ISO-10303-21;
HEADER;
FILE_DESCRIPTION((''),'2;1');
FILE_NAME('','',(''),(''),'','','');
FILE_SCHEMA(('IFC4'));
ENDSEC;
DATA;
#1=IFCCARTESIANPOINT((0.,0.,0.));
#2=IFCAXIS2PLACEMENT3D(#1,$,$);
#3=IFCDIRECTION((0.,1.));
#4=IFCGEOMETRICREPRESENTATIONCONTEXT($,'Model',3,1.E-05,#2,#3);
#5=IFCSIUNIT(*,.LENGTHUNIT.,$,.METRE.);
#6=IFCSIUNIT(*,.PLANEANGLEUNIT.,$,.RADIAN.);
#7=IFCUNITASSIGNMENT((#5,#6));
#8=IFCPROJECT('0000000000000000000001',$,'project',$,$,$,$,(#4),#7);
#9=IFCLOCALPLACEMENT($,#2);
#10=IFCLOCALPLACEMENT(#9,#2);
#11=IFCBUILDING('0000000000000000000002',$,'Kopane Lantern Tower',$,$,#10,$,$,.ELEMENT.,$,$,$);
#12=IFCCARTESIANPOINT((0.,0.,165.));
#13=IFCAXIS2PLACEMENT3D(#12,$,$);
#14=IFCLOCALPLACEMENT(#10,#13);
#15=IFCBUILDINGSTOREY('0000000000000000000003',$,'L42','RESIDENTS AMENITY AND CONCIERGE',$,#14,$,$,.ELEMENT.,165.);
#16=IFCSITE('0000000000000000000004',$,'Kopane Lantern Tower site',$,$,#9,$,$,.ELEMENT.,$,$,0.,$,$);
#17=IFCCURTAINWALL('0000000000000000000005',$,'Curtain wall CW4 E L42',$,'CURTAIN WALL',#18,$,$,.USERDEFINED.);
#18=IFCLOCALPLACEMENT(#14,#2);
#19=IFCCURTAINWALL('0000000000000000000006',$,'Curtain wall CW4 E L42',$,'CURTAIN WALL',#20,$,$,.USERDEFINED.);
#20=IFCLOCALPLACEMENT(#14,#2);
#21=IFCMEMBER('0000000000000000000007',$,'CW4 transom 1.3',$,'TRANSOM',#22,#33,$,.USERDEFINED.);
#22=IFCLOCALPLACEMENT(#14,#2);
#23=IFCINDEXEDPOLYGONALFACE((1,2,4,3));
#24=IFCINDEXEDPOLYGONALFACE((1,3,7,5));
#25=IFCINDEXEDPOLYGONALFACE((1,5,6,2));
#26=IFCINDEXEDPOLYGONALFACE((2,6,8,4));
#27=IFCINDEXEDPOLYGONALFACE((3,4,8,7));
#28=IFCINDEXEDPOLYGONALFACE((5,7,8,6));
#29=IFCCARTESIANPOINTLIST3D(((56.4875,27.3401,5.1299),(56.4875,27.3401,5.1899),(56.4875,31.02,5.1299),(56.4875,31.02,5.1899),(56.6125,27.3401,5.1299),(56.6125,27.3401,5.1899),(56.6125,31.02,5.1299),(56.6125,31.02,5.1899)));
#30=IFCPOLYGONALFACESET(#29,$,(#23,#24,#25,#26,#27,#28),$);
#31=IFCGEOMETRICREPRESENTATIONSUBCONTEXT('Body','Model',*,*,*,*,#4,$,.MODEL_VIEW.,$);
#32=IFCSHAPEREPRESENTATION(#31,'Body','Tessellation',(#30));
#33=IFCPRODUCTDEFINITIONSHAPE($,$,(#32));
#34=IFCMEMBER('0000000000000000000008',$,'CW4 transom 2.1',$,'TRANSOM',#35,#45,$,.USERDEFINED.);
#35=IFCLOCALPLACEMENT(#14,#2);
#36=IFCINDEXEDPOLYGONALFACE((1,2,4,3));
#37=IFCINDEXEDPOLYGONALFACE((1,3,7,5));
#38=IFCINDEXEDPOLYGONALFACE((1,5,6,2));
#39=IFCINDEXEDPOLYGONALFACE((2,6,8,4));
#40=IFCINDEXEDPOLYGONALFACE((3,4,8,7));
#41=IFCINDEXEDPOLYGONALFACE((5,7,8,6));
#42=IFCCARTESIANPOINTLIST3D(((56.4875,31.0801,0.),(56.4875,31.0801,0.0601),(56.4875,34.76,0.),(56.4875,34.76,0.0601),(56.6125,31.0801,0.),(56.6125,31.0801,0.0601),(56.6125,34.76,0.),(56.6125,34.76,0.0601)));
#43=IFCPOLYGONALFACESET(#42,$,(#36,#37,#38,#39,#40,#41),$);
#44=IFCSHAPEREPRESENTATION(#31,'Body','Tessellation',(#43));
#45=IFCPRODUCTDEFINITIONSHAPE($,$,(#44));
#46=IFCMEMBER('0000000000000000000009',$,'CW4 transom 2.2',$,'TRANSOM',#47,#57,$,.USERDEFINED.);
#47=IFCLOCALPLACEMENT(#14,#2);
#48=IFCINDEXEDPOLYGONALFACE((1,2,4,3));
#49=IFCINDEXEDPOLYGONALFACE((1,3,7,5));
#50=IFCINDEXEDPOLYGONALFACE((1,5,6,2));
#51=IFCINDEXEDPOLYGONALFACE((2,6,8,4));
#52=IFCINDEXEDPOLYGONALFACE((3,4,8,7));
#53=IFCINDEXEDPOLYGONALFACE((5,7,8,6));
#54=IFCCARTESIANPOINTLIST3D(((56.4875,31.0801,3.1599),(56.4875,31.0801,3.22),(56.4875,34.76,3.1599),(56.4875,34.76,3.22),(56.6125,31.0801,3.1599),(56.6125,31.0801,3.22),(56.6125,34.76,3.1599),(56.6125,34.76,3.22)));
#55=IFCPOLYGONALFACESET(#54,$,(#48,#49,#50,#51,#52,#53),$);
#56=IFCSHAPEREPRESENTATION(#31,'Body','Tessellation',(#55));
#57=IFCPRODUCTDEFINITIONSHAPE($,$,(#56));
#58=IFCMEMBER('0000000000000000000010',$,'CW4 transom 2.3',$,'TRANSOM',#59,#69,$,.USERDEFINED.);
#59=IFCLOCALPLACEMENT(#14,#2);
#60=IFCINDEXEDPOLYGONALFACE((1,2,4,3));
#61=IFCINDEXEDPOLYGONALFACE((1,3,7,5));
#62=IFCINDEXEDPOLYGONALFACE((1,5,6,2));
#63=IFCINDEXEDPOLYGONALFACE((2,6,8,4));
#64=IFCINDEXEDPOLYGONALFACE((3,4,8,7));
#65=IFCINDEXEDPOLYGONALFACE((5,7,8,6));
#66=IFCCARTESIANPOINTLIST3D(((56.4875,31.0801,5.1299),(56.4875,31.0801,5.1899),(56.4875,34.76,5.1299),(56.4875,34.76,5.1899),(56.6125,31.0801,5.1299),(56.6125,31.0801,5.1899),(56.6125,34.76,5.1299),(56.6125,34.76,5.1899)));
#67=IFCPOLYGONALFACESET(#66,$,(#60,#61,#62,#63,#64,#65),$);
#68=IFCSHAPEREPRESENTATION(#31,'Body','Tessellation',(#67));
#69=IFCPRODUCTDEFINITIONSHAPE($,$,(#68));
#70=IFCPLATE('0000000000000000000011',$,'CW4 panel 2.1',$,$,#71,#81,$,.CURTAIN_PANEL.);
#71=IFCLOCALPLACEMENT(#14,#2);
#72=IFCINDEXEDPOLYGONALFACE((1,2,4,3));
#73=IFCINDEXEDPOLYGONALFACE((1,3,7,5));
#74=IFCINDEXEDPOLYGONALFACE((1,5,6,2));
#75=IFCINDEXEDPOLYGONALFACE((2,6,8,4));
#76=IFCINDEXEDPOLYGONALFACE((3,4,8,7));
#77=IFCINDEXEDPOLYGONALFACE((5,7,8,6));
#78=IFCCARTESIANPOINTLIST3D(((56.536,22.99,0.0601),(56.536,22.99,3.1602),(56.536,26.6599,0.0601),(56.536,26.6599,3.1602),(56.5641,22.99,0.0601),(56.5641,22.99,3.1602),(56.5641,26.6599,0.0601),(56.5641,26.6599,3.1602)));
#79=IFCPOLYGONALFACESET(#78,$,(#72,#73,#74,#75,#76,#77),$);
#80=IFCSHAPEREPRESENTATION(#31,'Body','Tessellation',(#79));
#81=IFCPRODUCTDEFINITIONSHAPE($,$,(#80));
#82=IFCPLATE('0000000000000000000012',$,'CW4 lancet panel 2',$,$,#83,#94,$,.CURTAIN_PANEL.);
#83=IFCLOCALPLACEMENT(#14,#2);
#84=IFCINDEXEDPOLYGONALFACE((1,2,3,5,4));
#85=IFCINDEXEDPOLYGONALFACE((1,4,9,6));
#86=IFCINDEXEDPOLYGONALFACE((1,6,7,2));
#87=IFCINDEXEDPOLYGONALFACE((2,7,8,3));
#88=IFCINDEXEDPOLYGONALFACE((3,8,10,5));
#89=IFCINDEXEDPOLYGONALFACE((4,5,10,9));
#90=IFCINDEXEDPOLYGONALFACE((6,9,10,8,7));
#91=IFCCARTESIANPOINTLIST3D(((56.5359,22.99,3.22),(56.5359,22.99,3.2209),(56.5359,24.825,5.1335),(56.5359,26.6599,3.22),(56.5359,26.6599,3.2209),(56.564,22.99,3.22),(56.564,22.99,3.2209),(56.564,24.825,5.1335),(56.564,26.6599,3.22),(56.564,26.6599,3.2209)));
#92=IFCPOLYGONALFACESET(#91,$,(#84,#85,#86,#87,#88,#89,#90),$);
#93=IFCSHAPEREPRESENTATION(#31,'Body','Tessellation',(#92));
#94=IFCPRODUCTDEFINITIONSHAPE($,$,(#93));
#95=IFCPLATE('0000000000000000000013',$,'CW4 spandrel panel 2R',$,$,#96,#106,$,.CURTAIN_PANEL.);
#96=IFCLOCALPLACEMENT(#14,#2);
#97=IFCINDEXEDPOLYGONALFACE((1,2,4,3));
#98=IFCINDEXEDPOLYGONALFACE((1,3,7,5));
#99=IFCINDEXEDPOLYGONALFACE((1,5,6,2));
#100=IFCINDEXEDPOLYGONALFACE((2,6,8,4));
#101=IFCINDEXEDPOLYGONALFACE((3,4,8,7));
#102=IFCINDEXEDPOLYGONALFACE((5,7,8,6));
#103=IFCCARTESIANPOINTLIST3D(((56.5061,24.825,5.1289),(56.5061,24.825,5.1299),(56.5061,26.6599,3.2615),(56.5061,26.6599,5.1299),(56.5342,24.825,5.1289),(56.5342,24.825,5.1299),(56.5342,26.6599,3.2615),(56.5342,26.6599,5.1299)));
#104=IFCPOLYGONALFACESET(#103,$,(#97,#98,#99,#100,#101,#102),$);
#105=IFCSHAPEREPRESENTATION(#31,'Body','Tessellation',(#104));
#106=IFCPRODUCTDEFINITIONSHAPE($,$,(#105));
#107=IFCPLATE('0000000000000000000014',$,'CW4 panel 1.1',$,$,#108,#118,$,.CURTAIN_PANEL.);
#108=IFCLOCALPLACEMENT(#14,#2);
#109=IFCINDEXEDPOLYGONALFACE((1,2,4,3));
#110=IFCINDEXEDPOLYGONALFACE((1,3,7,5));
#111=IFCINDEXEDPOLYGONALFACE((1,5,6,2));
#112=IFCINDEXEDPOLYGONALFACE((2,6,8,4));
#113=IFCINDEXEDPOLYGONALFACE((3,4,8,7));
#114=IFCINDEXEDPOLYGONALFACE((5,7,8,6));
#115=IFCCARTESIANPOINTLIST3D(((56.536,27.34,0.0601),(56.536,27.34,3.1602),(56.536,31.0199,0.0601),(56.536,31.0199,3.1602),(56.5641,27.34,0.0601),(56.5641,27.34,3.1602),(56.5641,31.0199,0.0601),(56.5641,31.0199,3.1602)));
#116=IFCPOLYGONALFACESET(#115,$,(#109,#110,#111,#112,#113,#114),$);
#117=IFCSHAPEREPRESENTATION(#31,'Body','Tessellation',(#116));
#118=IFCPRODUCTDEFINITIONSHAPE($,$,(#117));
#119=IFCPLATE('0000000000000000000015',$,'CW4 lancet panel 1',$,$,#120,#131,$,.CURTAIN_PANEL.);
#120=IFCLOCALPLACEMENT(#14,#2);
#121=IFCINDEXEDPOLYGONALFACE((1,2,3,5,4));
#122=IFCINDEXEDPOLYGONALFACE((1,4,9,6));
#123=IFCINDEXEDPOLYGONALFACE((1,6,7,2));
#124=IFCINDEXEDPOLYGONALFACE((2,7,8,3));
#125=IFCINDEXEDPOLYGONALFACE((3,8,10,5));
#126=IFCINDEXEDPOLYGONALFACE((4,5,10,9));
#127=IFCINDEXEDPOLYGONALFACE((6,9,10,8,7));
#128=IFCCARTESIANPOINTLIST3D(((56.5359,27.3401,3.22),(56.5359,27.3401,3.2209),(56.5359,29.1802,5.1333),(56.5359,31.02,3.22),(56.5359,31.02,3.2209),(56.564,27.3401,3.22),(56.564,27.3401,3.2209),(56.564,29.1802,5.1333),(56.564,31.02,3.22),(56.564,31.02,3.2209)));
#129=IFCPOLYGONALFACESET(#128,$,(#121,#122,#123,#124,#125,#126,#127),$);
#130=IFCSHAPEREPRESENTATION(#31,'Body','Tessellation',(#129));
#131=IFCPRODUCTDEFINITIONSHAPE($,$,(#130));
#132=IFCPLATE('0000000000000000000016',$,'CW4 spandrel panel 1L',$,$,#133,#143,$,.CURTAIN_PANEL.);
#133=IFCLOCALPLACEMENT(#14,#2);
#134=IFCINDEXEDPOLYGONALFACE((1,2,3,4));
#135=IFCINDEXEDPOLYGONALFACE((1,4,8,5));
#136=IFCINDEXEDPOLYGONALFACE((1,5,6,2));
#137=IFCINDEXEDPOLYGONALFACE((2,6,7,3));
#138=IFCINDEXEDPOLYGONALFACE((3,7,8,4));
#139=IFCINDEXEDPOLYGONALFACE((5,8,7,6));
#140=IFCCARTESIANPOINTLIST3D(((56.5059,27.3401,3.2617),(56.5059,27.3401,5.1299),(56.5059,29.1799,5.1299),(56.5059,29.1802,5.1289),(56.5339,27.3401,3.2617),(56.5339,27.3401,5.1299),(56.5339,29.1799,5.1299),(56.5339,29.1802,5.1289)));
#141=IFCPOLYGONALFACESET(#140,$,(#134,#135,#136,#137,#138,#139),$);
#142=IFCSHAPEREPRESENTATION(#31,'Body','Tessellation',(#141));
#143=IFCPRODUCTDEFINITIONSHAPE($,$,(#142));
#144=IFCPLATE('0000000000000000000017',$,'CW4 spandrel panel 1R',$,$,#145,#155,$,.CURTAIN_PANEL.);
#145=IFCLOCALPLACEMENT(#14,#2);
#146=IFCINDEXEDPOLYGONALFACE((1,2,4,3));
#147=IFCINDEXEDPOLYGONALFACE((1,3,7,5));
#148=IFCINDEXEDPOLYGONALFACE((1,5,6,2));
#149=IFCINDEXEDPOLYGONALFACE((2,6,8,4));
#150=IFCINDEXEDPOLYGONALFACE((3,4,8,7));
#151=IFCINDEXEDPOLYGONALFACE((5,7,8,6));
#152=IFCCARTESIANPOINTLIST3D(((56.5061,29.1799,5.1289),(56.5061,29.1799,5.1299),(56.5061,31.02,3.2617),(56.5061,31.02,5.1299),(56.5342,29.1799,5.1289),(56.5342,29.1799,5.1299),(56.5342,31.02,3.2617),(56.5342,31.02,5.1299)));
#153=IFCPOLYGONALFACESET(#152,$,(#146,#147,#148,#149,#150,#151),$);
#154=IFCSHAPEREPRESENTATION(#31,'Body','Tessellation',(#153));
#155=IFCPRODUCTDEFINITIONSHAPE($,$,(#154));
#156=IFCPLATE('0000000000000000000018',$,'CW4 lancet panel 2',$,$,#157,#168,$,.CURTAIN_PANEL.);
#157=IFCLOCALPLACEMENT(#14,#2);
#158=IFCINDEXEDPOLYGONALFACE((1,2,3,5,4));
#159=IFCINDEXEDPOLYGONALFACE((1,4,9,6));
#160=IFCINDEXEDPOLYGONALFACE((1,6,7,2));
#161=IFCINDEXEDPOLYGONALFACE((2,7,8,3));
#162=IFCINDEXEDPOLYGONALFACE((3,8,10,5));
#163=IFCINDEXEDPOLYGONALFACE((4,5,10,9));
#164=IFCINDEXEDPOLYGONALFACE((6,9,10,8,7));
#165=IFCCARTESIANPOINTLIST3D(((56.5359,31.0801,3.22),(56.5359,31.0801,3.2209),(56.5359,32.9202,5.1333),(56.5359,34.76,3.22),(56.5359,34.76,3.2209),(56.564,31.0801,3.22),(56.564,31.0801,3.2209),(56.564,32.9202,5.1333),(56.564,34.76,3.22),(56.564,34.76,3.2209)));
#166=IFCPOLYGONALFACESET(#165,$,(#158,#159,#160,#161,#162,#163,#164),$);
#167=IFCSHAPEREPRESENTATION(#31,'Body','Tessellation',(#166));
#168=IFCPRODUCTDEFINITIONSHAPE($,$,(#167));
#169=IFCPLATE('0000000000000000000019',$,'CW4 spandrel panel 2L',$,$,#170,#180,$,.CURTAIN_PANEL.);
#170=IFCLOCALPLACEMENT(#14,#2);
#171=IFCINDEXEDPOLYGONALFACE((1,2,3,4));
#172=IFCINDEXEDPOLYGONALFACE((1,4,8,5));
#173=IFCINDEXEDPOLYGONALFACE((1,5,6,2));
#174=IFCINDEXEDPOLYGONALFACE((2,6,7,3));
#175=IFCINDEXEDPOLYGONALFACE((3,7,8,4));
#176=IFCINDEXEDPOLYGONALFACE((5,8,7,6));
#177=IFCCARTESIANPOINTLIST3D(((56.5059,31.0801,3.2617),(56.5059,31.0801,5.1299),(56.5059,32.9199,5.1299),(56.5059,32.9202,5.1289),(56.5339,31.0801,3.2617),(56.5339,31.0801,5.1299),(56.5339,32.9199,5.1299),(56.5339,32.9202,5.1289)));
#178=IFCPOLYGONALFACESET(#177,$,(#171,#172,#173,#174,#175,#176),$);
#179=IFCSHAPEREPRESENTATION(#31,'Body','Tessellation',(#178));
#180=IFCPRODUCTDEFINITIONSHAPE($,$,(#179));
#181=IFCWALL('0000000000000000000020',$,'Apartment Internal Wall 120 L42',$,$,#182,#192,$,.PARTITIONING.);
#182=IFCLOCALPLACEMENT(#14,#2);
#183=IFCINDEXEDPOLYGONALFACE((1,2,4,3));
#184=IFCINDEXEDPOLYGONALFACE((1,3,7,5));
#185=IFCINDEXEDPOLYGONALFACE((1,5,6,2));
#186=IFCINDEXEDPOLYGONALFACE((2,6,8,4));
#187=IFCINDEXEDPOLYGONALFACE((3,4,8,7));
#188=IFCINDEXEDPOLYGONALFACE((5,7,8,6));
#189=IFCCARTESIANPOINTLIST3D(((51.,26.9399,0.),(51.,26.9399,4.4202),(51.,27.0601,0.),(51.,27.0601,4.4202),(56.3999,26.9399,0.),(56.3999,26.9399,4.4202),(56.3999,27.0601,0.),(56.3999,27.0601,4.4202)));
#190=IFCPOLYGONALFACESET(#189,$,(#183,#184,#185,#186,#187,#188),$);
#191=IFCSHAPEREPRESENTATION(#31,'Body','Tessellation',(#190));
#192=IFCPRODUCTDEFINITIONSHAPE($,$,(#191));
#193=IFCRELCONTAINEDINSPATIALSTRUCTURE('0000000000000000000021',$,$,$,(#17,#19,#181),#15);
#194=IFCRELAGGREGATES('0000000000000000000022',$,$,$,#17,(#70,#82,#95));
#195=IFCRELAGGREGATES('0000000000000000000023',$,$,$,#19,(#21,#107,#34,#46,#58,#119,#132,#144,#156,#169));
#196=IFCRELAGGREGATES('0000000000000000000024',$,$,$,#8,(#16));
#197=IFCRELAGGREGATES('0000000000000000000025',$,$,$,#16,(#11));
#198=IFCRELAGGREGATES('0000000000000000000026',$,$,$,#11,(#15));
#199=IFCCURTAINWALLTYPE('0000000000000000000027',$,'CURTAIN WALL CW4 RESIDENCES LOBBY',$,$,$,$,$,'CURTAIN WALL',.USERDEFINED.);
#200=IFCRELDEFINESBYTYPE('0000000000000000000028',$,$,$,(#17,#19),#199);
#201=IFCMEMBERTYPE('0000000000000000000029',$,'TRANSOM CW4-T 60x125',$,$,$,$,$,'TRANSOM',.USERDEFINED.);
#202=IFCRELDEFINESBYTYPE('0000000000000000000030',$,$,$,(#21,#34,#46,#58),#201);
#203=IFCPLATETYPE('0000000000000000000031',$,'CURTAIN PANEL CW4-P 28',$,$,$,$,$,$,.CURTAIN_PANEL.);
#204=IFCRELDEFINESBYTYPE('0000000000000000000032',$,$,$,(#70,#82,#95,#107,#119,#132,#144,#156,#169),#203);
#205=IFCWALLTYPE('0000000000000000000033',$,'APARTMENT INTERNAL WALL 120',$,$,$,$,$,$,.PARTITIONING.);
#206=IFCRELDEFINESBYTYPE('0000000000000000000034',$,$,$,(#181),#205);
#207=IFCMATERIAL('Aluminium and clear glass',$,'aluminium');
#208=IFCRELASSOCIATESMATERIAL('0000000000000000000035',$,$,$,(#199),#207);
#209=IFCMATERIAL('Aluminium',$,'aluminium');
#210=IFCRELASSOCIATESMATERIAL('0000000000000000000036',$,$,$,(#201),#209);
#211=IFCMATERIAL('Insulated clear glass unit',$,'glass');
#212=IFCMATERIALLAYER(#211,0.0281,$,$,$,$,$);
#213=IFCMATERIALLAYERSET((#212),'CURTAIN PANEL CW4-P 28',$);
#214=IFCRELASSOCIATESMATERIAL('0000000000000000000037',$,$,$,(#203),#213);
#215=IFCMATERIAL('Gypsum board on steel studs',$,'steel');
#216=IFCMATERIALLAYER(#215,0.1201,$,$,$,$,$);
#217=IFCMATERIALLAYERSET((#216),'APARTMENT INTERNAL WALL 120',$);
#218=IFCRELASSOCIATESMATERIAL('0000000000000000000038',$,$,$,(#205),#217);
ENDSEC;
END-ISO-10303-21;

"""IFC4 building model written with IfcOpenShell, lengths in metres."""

from ifc_helpers import new_model, si_unit, direction, frame, frame_2d, origin, origin_2d, place, context, subcontext, project, spatial, polyline, rectangle, outline, extrude, material, layer, layer_set, material_profile, profile_set, type_object, element, aggregate, save


model = new_model("IFC4")

# Units and contexts
model_context = context("Model", 3, precision=1e-05, world=origin(), true_north=direction((0.0, 1.0)))
body_context = subcontext(model_context, "Body", "Model", "MODEL_VIEW")
ifc_project = project(units=[si_unit("LENGTHUNIT", "METRE"), si_unit("PLANEANGLEUNIT", "RADIAN")], contexts=[model_context])

# Site, building, storey
site_placement = place(None, origin())
site = spatial("IfcSite", under=ifc_project, at=site_placement, Name="Kopane Lantern Tower site", CompositionType="ELEMENT", RefElevation=0.0)
building_placement = place(site_placement, origin())
building = spatial("IfcBuilding", under=site, at=building_placement, Name="Kopane Lantern Tower", CompositionType="ELEMENT")
storey_placement = place(building_placement, frame((0.0, 0.0, 165.0)))
storey = spatial("IfcBuildingStorey", under=building, at=storey_placement, Name="L42", Description="RESIDENTS AMENITY AND CONCIERGE", CompositionType="ELEMENT", Elevation=165.0)

# Curtain walls, members
ifc_material_1 = material(Name="Aluminium and clear glass", Category="aluminium")
curtain_wall_type = type_object("IfcCurtainWallType", Name="CURTAIN WALL CW4 RESIDENCES LOBBY", ElementType="CURTAIN WALL", PredefinedType="USERDEFINED", material=ifc_material_1)
curtain_wall_1_placement = place(storey_placement, origin())
curtain_wall_1 = element("IfcCurtainWall", 1, at=curtain_wall_1_placement, inside=storey, type_object=curtain_wall_type, Name="Curtain wall CW4 E L42", ObjectType="CURTAIN WALL", PredefinedType="USERDEFINED")
curtain_wall_2_placement = place(storey_placement, origin())
curtain_wall_2 = element("IfcCurtainWall", 2, at=curtain_wall_2_placement, inside=storey, type_object=curtain_wall_type, Name="Curtain wall CW4 E L42", ObjectType="CURTAIN WALL", PredefinedType="USERDEFINED")
ifc_material_2 = material(Name="Aluminium", Category="aluminium")
ifc_material_profile_1 = material_profile(ifc_material_2, rectangle(XDim=0.125, YDim=0.0601, at=origin_2d()), Name="AL 125x60")
ifc_profile_set_1 = profile_set([ifc_material_profile_1], Name="Aluminium")
member_type_1 = type_object("IfcMemberType", Name="TRANSOM CW4-T 60x125", ElementType="TRANSOM", PredefinedType="USERDEFINED", material=ifc_profile_set_1)
member_1_placement = place(storey_placement, frame((56.55, 27.3401, 5.1599), z_axis=(0.0, 1.0, 0.0), x_axis=(-1.0, 0.0, 0.0)))
member_1 = element("IfcMember", 3, at=member_1_placement, type_object=member_type_1, Name="CW4 transom 1.3", ObjectType="TRANSOM", PredefinedType="USERDEFINED", context=body_context, shape_type="SweptSolid", body=[
    extrude(rectangle(XDim=0.125, YDim=0.0601, at=origin_2d()), origin(), (0.0, 0.0, 1.0), 3.6799),
])
member_2_placement = place(storey_placement, frame((56.55, 31.0801, 0.03), z_axis=(0.0, 1.0, 0.0), x_axis=(-1.0, 0.0, 0.0)))
member_2 = element("IfcMember", 4, at=member_2_placement, type_object=member_type_1, Name="CW4 transom 2.1", ObjectType="TRANSOM", PredefinedType="USERDEFINED", context=body_context, shape_type="SweptSolid", body=[
    extrude(rectangle(XDim=0.125, YDim=0.0601, at=origin_2d()), origin(), (0.0, 0.0, 1.0), 3.6799),
])
member_3_placement = place(storey_placement, frame((56.55, 31.0801, 3.1899), z_axis=(0.0, 1.0, 0.0), x_axis=(-1.0, 0.0, 0.0)))
member_3 = element("IfcMember", 5, at=member_3_placement, type_object=member_type_1, Name="CW4 transom 2.2", ObjectType="TRANSOM", PredefinedType="USERDEFINED", context=body_context, shape_type="SweptSolid", body=[
    extrude(rectangle(XDim=0.125, YDim=0.0601, at=origin_2d()), origin(), (0.0, 0.0, 1.0), 3.6799),
])
member_4_placement = place(storey_placement, frame((56.55, 31.0801, 5.1599), z_axis=(0.0, 1.0, 0.0), x_axis=(-1.0, 0.0, 0.0)))
member_4 = element("IfcMember", 6, at=member_4_placement, type_object=member_type_1, Name="CW4 transom 2.3", ObjectType="TRANSOM", PredefinedType="USERDEFINED", context=body_context, shape_type="SweptSolid", body=[
    extrude(rectangle(XDim=0.125, YDim=0.0601, at=origin_2d()), origin(), (0.0, 0.0, 1.0), 3.6799),
])

# Plates
ifc_material_3 = material(Name="Insulated clear glass unit", Category="glass")
ifc_layer_1 = layer(ifc_material_3, 0.0281)
ifc_layer_set_1 = layer_set([ifc_layer_1], Name="CURTAIN PANEL CW4-P 28")
plate_type = type_object("IfcPlateType", Name="CURTAIN PANEL CW4-P 28", PredefinedType="CURTAIN_PANEL", material=ifc_layer_set_1)
plate_1_placement = place(storey_placement, frame((56.55, 24.825, 0.0601), z_axis=(0.0, 0.0, 1.0), x_axis=(0.0, 1.0, 0.0)))
plate_1 = element("IfcPlate", 7, at=plate_1_placement, type_object=plate_type, Name="CW4 panel 2.1", PredefinedType="CURTAIN_PANEL", context=body_context, shape_type="SweptSolid", body=[
    extrude(rectangle(XDim=3.6699, YDim=0.0281, at=origin_2d()), origin(), (0.0, 0.0, 1.0), 3.1001),
])
plate_2_placement = place(storey_placement, frame((56.55, 22.99, 3.22), z_axis=(0.0, 0.0, 1.0), x_axis=(0.0, 1.0, 0.0)))
plate_2 = element("IfcPlate", 8, at=plate_2_placement, type_object=plate_type, Name="CW4 lancet panel 2", PredefinedType="CURTAIN_PANEL", context=body_context, shape_type="SweptSolid", body=[
    extrude(outline(polyline([(0.0, 0.0), (3.6699, 0.0), (3.6699, 0.001), (1.835, 1.9136), (0.0, 0.001), (0.0, 0.0)])), frame((0.0, 0.0142, 0.0), z_axis=(0.0, -1.0, 0.0), x_axis=(1.0, 0.0, 0.0)), (0.0, 0.0, 1.0), 0.0281),
])
plate_3_placement = place(storey_placement, frame((56.52, 26.6599, 5.1299), z_axis=(0.0, 0.0, 1.0), x_axis=(0.0, -1.0, 0.0)))
plate_3 = element("IfcPlate", 9, at=plate_3_placement, type_object=plate_type, Name="CW4 spandrel panel 2R", PredefinedType="CURTAIN_PANEL", context=body_context, shape_type="SweptSolid", body=[
    extrude(outline(polyline([(0.0, 0.0), (1.835, 0.0), (1.835, -0.001), (0.0, -1.8684), (0.0, 0.0)])), frame((0.0, 0.0142, 0.0), z_axis=(0.0, -1.0, 0.0), x_axis=(1.0, 0.0, 0.0)), (0.0, 0.0, 1.0), 0.0281),
])
aggregate(curtain_wall_1, [plate_1, plate_2, plate_3])
plate_4_placement = place(storey_placement, frame((56.55, 29.1799, 0.0601), z_axis=(0.0, 0.0, 1.0), x_axis=(0.0, 1.0, 0.0)))
plate_4 = element("IfcPlate", 10, at=plate_4_placement, type_object=plate_type, Name="CW4 panel 1.1", PredefinedType="CURTAIN_PANEL", context=body_context, shape_type="SweptSolid", body=[
    extrude(rectangle(XDim=3.6799, YDim=0.0281, at=origin_2d()), origin(), (0.0, 0.0, 1.0), 3.1001),
])
plate_5_placement = place(storey_placement, frame((56.55, 27.3401, 3.22), z_axis=(0.0, 0.0, 1.0), x_axis=(0.0, 1.0, 0.0)))
plate_5 = element("IfcPlate", 11, at=plate_5_placement, type_object=plate_type, Name="CW4 lancet panel 1", PredefinedType="CURTAIN_PANEL", context=body_context, shape_type="SweptSolid", body=[
    extrude(outline(polyline([(0.0, 0.0), (3.6799, 0.0), (3.6799, 0.001), (1.8401, 1.9133), (0.0, 0.001), (0.0, 0.0)])), frame((0.0, 0.0142, 0.0), z_axis=(0.0, -1.0, 0.0), x_axis=(1.0, 0.0, 0.0)), (0.0, 0.0, 1.0), 0.0281),
])
plate_6_placement = place(storey_placement, frame((56.52, 27.3401, 5.1299), z_axis=(0.0, 0.0, 1.0), x_axis=(0.0, 1.0, 0.0)))
plate_6 = element("IfcPlate", 12, at=plate_6_placement, type_object=plate_type, Name="CW4 spandrel panel 1L", PredefinedType="CURTAIN_PANEL", context=body_context, shape_type="SweptSolid", body=[
    extrude(outline(polyline([(0.0, 0.0), (1.8398, 0.0), (1.8401, -0.001), (0.0, -1.8682), (0.0, 0.0)])), frame((0.0, 0.0142, 0.0), z_axis=(0.0, -1.0, 0.0), x_axis=(1.0, 0.0, 0.0)), (0.0, 0.0, 1.0), 0.0281),
])
plate_7_placement = place(storey_placement, frame((56.52, 31.02, 5.1299), z_axis=(0.0, 0.0, 1.0), x_axis=(0.0, -1.0, 0.0)))
plate_7 = element("IfcPlate", 13, at=plate_7_placement, type_object=plate_type, Name="CW4 spandrel panel 1R", PredefinedType="CURTAIN_PANEL", context=body_context, shape_type="SweptSolid", body=[
    extrude(outline(polyline([(0.0, 0.0), (1.8401, 0.0), (1.8401, -0.001), (0.0, -1.8682), (0.0, 0.0)])), frame((0.0, 0.0142, 0.0), z_axis=(0.0, -1.0, 0.0), x_axis=(1.0, 0.0, 0.0)), (0.0, 0.0, 1.0), 0.0281),
])
plate_8_placement = place(storey_placement, frame((56.55, 31.0801, 3.22), z_axis=(0.0, 0.0, 1.0), x_axis=(0.0, 1.0, 0.0)))
plate_8 = element("IfcPlate", 14, at=plate_8_placement, type_object=plate_type, Name="CW4 lancet panel 2", PredefinedType="CURTAIN_PANEL", context=body_context, shape_type="SweptSolid", body=[
    extrude(outline(polyline([(0.0, 0.0), (3.6799, 0.0), (3.6799, 0.001), (1.8401, 1.9133), (0.0, 0.001), (0.0, 0.0)])), frame((0.0, 0.0142, 0.0), z_axis=(0.0, -1.0, 0.0), x_axis=(1.0, 0.0, 0.0)), (0.0, 0.0, 1.0), 0.0281),
])
plate_9_placement = place(storey_placement, frame((56.52, 31.0801, 5.1299), z_axis=(0.0, 0.0, 1.0), x_axis=(0.0, 1.0, 0.0)))
plate_9 = element("IfcPlate", 15, at=plate_9_placement, type_object=plate_type, Name="CW4 spandrel panel 2L", PredefinedType="CURTAIN_PANEL", context=body_context, shape_type="SweptSolid", body=[
    extrude(outline(polyline([(0.0, 0.0), (1.8398, 0.0), (1.8401, -0.001), (0.0, -1.8682), (0.0, 0.0)])), frame((0.0, 0.0142, 0.0), z_axis=(0.0, -1.0, 0.0), x_axis=(1.0, 0.0, 0.0)), (0.0, 0.0, 1.0), 0.0281),
])
aggregate(curtain_wall_2, [member_1, plate_4, member_2, member_3, member_4, plate_5, plate_6, plate_7, plate_8, plate_9])

# Wall
ifc_material_4 = material(Name="Gypsum board on steel studs", Category="steel")
ifc_layer_2 = layer(ifc_material_4, 0.1201)
ifc_layer_set_2 = layer_set([ifc_layer_2], Name="APARTMENT INTERNAL WALL 120")
wall_type_1 = type_object("IfcWallType", Name="APARTMENT INTERNAL WALL 120", PredefinedType="PARTITIONING", material=ifc_layer_set_2)
wall_1_placement = place(storey_placement, frame((51.0, 27.0, 0.0), z_axis=(0.0, 0.0, 1.0), x_axis=(1.0, 0.0, 0.0)))
element("IfcWall", 16, at=wall_1_placement, inside=storey, type_object=wall_type_1, Name="Apartment Internal Wall 120 L42", PredefinedType="PARTITIONING", context=body_context, shape_type="SweptSolid", body=[
    extrude(rectangle(XDim=5.3999, YDim=0.1201, at=frame_2d((2.7, 0.0))), origin(), (0.0, 0.0, 1.0), 4.4202),
])

save(model, "model.ifc")
